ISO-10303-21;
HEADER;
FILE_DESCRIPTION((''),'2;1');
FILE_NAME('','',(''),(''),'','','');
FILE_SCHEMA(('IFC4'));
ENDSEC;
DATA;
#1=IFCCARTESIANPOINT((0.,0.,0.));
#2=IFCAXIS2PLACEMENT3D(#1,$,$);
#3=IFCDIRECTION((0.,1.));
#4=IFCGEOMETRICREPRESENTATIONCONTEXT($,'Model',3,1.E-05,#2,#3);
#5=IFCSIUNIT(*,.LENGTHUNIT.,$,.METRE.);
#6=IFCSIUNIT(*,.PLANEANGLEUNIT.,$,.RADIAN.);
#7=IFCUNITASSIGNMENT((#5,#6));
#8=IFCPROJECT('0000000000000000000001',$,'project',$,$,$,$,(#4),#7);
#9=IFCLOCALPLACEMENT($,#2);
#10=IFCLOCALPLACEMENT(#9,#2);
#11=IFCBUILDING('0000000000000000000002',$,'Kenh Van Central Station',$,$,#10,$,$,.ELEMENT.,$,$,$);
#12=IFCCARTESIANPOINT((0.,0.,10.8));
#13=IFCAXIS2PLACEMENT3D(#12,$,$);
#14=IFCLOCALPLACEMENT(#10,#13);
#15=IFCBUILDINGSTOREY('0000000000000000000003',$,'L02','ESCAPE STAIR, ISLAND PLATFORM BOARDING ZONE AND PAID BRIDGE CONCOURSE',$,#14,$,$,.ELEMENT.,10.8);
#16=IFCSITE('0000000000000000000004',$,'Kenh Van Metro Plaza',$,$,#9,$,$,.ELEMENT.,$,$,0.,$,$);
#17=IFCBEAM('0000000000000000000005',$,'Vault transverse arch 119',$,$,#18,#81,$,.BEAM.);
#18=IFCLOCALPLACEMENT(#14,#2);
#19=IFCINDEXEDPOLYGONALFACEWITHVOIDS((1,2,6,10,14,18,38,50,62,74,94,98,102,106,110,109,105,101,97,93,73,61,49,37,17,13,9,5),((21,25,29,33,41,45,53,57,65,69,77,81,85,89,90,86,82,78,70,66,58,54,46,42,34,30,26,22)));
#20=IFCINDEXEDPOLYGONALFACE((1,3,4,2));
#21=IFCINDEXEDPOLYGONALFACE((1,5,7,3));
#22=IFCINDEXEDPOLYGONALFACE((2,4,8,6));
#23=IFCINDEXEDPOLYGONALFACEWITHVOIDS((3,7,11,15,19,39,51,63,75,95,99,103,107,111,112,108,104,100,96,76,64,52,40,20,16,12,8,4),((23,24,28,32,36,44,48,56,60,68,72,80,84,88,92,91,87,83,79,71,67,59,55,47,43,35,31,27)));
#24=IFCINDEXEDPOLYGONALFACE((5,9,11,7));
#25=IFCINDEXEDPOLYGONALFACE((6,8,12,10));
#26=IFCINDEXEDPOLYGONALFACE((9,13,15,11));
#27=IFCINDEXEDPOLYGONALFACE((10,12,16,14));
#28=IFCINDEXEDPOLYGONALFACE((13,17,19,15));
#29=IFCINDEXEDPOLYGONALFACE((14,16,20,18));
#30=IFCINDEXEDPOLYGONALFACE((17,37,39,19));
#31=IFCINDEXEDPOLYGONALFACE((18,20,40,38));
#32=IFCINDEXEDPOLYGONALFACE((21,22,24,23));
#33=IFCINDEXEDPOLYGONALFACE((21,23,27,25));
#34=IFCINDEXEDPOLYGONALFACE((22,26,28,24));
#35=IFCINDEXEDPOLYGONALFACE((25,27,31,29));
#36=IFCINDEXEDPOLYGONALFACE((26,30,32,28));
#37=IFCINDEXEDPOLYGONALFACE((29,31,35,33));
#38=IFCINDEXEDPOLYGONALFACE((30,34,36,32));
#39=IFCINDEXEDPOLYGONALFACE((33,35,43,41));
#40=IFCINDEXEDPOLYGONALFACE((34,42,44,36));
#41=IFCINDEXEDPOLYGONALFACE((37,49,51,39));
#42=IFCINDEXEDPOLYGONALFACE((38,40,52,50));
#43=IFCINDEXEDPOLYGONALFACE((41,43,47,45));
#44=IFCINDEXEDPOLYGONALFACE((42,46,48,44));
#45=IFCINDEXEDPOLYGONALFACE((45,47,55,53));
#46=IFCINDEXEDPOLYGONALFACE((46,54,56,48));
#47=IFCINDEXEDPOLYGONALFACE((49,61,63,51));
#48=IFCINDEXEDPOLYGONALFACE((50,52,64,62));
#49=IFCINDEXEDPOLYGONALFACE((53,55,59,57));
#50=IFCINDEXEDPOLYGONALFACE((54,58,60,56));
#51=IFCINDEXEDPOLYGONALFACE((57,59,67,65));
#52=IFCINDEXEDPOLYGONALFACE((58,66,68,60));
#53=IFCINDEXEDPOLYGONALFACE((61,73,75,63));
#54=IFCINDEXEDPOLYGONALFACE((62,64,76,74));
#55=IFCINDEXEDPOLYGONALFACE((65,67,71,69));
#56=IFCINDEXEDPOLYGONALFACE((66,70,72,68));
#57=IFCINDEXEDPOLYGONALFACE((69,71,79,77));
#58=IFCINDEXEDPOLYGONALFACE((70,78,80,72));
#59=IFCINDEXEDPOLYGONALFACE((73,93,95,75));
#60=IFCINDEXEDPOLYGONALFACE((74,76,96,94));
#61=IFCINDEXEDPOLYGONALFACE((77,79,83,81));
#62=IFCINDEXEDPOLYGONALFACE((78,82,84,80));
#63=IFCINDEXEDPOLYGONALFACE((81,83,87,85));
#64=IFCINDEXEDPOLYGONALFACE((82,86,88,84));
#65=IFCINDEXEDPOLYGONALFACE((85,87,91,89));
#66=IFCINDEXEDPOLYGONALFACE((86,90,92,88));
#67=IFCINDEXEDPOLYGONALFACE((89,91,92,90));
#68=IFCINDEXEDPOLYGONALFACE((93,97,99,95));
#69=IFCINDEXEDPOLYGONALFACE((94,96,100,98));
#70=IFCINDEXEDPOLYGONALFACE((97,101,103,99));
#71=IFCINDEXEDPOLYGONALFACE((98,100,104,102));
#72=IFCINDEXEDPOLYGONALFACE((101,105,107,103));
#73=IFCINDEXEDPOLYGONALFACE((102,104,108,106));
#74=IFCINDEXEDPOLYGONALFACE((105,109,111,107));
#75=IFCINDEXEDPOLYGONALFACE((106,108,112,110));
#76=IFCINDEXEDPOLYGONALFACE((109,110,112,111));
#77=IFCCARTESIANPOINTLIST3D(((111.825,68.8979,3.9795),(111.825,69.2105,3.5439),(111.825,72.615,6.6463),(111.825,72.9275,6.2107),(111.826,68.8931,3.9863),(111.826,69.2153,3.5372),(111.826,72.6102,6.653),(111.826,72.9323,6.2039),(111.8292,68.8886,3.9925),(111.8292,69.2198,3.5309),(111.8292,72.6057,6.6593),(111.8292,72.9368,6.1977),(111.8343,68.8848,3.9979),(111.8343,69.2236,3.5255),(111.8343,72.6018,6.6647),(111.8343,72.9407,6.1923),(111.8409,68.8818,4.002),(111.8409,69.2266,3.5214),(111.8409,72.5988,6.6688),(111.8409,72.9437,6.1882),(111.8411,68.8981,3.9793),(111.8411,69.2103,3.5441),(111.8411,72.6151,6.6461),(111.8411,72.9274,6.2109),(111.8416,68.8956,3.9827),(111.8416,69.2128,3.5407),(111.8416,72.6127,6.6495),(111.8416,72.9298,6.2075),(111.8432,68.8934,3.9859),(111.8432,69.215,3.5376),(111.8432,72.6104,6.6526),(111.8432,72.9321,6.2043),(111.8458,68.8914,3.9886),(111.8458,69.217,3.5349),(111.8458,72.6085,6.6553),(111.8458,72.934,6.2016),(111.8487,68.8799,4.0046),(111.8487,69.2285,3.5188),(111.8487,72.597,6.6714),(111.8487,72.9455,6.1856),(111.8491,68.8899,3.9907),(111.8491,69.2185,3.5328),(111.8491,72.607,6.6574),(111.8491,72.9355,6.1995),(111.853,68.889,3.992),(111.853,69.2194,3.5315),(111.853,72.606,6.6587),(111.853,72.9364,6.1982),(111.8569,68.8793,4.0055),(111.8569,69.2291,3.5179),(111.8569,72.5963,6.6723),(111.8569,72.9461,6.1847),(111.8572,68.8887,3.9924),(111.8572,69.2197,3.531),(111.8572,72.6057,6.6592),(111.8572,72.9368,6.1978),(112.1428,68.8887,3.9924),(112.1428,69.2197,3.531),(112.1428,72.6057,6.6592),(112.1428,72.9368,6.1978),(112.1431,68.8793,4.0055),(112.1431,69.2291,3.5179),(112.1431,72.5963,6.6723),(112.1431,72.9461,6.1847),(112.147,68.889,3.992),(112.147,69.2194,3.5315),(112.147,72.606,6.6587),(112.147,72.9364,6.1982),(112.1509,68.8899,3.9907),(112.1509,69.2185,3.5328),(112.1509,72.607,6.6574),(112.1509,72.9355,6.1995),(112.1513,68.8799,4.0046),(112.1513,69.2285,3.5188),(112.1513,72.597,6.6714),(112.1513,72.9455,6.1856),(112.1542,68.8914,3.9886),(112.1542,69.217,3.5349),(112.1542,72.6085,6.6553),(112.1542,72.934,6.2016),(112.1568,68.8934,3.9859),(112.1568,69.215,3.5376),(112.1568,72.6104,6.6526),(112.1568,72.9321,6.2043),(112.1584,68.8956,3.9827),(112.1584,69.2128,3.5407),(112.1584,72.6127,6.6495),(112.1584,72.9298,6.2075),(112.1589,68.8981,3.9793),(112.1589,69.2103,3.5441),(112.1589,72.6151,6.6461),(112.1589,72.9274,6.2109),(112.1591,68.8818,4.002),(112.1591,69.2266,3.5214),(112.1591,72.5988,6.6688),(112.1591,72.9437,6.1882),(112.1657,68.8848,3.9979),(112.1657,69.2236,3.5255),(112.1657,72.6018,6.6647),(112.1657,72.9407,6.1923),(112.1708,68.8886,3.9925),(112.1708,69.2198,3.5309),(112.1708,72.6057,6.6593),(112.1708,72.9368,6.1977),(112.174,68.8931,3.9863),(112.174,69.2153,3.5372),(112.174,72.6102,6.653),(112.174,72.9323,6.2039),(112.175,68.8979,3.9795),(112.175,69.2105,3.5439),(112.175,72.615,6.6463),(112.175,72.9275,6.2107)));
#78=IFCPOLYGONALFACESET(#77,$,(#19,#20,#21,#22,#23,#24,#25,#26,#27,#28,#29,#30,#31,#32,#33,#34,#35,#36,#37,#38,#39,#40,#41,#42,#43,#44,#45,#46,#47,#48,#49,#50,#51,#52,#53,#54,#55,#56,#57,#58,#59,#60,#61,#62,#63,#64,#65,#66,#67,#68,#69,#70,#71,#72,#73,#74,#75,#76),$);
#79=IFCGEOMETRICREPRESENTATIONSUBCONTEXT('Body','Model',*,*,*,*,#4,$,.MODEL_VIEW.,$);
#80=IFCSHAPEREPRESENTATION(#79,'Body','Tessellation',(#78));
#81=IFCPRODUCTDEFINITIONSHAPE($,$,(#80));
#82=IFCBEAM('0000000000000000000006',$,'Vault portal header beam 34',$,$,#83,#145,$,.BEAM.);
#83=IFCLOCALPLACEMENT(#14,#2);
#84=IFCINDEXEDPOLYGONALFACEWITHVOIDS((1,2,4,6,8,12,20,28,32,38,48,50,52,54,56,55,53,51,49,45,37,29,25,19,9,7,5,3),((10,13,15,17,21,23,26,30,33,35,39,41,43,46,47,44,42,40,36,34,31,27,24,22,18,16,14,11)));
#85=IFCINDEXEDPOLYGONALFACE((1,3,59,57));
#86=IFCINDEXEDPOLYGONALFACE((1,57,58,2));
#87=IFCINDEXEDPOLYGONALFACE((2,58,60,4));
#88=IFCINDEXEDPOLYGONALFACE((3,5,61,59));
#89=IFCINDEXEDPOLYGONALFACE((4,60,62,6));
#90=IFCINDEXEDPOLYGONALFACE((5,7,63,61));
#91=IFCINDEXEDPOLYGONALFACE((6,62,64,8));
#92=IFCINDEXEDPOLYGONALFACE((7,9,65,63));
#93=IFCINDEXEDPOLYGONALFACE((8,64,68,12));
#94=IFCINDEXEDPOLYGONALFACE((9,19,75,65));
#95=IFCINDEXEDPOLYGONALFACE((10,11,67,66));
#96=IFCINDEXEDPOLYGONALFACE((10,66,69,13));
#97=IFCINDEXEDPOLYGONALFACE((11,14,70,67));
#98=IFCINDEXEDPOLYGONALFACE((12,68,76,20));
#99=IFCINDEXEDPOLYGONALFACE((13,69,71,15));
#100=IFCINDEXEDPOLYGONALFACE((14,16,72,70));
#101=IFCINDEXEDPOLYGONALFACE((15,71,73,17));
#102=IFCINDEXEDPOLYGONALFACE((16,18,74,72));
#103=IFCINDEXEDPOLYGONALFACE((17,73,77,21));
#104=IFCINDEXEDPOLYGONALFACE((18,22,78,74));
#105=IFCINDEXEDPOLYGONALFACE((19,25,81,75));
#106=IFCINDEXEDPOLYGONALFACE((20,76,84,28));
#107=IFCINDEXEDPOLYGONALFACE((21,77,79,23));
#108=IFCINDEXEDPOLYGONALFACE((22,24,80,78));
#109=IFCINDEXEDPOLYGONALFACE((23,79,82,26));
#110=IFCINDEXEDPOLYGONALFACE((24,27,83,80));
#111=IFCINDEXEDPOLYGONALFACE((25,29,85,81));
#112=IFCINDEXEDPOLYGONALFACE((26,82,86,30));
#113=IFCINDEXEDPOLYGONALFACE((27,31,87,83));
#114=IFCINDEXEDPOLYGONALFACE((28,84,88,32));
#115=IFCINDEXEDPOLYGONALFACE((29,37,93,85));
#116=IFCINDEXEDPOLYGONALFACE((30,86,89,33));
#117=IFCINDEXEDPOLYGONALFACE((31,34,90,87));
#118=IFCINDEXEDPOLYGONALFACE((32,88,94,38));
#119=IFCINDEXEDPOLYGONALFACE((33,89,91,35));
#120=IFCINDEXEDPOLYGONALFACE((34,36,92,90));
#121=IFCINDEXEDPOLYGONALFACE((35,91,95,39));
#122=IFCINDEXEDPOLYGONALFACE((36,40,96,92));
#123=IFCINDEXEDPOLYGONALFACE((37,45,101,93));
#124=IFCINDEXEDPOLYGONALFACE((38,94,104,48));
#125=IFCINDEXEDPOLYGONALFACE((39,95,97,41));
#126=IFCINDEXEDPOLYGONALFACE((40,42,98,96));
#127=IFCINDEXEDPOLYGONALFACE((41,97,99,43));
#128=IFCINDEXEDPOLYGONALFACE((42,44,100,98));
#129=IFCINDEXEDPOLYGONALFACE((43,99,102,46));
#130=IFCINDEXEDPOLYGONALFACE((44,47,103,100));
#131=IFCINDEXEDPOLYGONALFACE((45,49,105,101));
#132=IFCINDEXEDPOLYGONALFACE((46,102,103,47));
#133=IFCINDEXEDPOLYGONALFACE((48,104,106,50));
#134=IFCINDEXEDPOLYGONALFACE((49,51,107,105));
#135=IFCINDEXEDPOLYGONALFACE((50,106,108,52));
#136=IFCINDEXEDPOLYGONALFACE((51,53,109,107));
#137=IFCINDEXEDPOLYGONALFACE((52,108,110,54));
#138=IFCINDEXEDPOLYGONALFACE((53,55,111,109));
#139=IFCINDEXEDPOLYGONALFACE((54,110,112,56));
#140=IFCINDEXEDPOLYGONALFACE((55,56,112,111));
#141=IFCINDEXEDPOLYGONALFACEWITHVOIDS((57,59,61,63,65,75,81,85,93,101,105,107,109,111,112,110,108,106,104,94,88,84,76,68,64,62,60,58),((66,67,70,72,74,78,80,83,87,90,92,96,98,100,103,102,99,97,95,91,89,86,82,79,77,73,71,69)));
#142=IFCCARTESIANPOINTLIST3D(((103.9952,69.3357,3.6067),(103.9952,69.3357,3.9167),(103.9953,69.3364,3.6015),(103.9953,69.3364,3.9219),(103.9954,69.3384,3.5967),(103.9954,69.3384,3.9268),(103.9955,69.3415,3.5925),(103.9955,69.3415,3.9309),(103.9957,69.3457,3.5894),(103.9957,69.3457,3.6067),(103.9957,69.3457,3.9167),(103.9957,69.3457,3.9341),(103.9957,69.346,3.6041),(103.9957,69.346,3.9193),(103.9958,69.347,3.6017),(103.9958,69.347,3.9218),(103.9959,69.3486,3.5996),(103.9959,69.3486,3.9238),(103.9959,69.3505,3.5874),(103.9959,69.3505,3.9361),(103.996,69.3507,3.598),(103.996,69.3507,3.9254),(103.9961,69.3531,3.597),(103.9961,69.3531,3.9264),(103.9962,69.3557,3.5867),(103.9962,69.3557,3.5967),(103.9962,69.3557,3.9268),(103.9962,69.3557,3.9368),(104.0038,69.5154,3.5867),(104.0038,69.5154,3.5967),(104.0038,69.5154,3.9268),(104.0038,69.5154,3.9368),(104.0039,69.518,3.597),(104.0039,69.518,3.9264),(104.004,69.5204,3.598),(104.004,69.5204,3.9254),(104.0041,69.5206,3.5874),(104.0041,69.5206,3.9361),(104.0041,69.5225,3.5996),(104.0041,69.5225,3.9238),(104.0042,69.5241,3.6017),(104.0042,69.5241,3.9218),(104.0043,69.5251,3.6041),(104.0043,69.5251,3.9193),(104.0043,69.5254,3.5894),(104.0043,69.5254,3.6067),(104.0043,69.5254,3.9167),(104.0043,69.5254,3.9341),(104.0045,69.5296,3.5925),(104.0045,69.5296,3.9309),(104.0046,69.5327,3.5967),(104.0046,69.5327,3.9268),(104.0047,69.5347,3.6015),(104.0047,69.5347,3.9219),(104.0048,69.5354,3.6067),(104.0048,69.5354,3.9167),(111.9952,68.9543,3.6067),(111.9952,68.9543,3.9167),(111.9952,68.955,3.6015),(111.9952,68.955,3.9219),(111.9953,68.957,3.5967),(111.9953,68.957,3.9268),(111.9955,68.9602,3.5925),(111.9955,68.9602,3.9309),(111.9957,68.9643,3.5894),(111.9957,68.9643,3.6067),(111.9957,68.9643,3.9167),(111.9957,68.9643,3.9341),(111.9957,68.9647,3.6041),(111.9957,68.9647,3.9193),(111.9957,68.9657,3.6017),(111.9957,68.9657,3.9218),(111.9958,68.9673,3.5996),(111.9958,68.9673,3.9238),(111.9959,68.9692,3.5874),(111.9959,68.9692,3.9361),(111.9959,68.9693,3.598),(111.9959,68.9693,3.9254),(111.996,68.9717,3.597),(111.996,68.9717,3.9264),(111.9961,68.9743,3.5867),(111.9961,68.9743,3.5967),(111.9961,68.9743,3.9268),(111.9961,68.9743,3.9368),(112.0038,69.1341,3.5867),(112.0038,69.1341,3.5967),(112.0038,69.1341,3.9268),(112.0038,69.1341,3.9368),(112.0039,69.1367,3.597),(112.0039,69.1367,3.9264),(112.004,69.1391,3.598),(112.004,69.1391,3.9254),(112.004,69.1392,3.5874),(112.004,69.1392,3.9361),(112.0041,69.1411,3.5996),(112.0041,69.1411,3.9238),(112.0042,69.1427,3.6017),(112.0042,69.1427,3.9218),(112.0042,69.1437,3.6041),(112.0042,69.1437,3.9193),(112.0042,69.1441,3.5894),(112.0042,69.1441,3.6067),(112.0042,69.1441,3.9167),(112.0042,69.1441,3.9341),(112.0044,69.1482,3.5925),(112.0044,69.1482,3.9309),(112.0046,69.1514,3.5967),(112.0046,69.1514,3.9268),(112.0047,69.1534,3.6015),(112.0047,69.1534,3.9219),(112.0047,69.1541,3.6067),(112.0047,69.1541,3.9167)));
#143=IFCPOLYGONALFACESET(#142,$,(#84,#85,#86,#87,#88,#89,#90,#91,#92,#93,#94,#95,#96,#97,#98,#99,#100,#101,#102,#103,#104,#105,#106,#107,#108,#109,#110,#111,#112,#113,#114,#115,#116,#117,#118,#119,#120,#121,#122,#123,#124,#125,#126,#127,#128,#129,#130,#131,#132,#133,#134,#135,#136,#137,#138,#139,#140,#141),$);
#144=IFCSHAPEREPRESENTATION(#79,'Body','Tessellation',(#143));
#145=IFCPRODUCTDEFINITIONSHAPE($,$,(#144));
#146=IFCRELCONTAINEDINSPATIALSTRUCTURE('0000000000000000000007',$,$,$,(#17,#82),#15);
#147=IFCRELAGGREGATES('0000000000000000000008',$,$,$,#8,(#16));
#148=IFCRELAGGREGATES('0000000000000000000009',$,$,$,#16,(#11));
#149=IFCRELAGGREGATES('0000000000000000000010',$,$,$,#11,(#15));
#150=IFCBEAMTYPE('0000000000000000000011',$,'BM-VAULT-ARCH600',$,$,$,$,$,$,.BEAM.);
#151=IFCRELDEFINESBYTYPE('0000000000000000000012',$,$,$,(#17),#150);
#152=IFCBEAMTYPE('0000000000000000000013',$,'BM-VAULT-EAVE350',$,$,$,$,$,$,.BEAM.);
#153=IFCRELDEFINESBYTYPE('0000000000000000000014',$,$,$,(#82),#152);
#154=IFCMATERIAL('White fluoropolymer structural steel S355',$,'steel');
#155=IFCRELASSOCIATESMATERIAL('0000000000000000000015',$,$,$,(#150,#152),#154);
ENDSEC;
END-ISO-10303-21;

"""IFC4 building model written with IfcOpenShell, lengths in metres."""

from ifc_helpers import new_model, si_unit, direction, frame, origin, origin_2d, place, context, subcontext, project, spatial, hollow_rectangle, extrude, material, material_profile, profile_set, type_object, element, save


model = new_model("IFC4")

# Units and contexts
model_context = context("Model", 3, precision=1e-05, world=origin(), true_north=direction((0.0, 1.0)))
body_context = subcontext(model_context, "Body", "Model", "MODEL_VIEW")
ifc_project = project(units=[si_unit("LENGTHUNIT", "METRE"), si_unit("PLANEANGLEUNIT", "RADIAN")], contexts=[model_context])

# Site, building, storey
site_placement = place(None, origin())
site = spatial("IfcSite", under=ifc_project, at=site_placement, Name="Kenh Van Metro Plaza", CompositionType="ELEMENT", RefElevation=0.0)
building_placement = place(site_placement, origin())
building = spatial("IfcBuilding", under=site, at=building_placement, Name="Kenh Van Central Station", CompositionType="ELEMENT")
storey_placement = place(building_placement, frame((0.0, 0.0, 10.8)))
storey = spatial("IfcBuildingStorey", under=building, at=storey_placement, Name="L02", Description="ESCAPE STAIR, ISLAND PLATFORM BOARDING ZONE AND PAID BRIDGE CONCOURSE", CompositionType="ELEMENT", Elevation=10.8)

# Beams
ifc_material_1 = material(Name="White fluoropolymer structural steel S355", Category="steel")
ifc_material_profile_1 = material_profile(ifc_material_1, hollow_rectangle(XDim=0.3501, YDim=0.6001, WallThickness=0.0161, InnerFilletRadius=0.0161, OuterFilletRadius=0.032, at=origin_2d()), Name="RHS 600x350x16")
ifc_profile_set_1 = profile_set([ifc_material_profile_1], Name="White fluoropolymer structural steel S355")
beam_type_1 = type_object("IfcBeamType", Name="BM-VAULT-ARCH600", PredefinedType="BEAM", material=ifc_profile_set_1)
beam_1_placement = place(storey_placement, frame((112.0, 69.0542, 3.7617), z_axis=(0.0, 0.81252, 0.582933), x_axis=(-1.0, 0.0, 0.0)))
element("IfcBeam", 1, at=beam_1_placement, inside=storey, type_object=beam_type_1, Name="Vault transverse arch 119", PredefinedType="BEAM", context=body_context, shape_type="SweptSolid", body=[
    extrude(hollow_rectangle(XDim=0.3501, YDim=0.6001, WallThickness=0.0161, InnerFilletRadius=0.0161, OuterFilletRadius=0.032, at=origin_2d()), origin(), (0.0, 0.0, 1.0), 4.5747),
])
ifc_material_profile_2 = material_profile(ifc_material_1, hollow_rectangle(XDim=0.2, YDim=0.3501, WallThickness=0.01, InnerFilletRadius=0.01, OuterFilletRadius=0.02, at=origin_2d()), Name="RHS 350x200x10")
ifc_profile_set_2 = profile_set([ifc_material_profile_2], Name="White fluoropolymer structural steel S355")
beam_type_2 = type_object("IfcBeamType", Name="BM-VAULT-EAVE350", PredefinedType="BEAM", material=ifc_profile_set_2)
beam_2_placement = place(storey_placement, frame((104.0, 69.4355, 3.7617), z_axis=(0.998866, -0.047614, 0.0), x_axis=(0.047614, 0.998866, 0.0)))
element("IfcBeam", 2, at=beam_2_placement, inside=storey, type_object=beam_type_2, Name="Vault portal header beam 34", PredefinedType="BEAM", context=body_context, shape_type="SweptSolid", body=[
    extrude(hollow_rectangle(XDim=0.2, YDim=0.3501, WallThickness=0.01, InnerFilletRadius=0.01, OuterFilletRadius=0.02, at=origin_2d()), origin(), (0.0, 0.0, 1.0), 8.009),
])

save(model, "model.ifc")
